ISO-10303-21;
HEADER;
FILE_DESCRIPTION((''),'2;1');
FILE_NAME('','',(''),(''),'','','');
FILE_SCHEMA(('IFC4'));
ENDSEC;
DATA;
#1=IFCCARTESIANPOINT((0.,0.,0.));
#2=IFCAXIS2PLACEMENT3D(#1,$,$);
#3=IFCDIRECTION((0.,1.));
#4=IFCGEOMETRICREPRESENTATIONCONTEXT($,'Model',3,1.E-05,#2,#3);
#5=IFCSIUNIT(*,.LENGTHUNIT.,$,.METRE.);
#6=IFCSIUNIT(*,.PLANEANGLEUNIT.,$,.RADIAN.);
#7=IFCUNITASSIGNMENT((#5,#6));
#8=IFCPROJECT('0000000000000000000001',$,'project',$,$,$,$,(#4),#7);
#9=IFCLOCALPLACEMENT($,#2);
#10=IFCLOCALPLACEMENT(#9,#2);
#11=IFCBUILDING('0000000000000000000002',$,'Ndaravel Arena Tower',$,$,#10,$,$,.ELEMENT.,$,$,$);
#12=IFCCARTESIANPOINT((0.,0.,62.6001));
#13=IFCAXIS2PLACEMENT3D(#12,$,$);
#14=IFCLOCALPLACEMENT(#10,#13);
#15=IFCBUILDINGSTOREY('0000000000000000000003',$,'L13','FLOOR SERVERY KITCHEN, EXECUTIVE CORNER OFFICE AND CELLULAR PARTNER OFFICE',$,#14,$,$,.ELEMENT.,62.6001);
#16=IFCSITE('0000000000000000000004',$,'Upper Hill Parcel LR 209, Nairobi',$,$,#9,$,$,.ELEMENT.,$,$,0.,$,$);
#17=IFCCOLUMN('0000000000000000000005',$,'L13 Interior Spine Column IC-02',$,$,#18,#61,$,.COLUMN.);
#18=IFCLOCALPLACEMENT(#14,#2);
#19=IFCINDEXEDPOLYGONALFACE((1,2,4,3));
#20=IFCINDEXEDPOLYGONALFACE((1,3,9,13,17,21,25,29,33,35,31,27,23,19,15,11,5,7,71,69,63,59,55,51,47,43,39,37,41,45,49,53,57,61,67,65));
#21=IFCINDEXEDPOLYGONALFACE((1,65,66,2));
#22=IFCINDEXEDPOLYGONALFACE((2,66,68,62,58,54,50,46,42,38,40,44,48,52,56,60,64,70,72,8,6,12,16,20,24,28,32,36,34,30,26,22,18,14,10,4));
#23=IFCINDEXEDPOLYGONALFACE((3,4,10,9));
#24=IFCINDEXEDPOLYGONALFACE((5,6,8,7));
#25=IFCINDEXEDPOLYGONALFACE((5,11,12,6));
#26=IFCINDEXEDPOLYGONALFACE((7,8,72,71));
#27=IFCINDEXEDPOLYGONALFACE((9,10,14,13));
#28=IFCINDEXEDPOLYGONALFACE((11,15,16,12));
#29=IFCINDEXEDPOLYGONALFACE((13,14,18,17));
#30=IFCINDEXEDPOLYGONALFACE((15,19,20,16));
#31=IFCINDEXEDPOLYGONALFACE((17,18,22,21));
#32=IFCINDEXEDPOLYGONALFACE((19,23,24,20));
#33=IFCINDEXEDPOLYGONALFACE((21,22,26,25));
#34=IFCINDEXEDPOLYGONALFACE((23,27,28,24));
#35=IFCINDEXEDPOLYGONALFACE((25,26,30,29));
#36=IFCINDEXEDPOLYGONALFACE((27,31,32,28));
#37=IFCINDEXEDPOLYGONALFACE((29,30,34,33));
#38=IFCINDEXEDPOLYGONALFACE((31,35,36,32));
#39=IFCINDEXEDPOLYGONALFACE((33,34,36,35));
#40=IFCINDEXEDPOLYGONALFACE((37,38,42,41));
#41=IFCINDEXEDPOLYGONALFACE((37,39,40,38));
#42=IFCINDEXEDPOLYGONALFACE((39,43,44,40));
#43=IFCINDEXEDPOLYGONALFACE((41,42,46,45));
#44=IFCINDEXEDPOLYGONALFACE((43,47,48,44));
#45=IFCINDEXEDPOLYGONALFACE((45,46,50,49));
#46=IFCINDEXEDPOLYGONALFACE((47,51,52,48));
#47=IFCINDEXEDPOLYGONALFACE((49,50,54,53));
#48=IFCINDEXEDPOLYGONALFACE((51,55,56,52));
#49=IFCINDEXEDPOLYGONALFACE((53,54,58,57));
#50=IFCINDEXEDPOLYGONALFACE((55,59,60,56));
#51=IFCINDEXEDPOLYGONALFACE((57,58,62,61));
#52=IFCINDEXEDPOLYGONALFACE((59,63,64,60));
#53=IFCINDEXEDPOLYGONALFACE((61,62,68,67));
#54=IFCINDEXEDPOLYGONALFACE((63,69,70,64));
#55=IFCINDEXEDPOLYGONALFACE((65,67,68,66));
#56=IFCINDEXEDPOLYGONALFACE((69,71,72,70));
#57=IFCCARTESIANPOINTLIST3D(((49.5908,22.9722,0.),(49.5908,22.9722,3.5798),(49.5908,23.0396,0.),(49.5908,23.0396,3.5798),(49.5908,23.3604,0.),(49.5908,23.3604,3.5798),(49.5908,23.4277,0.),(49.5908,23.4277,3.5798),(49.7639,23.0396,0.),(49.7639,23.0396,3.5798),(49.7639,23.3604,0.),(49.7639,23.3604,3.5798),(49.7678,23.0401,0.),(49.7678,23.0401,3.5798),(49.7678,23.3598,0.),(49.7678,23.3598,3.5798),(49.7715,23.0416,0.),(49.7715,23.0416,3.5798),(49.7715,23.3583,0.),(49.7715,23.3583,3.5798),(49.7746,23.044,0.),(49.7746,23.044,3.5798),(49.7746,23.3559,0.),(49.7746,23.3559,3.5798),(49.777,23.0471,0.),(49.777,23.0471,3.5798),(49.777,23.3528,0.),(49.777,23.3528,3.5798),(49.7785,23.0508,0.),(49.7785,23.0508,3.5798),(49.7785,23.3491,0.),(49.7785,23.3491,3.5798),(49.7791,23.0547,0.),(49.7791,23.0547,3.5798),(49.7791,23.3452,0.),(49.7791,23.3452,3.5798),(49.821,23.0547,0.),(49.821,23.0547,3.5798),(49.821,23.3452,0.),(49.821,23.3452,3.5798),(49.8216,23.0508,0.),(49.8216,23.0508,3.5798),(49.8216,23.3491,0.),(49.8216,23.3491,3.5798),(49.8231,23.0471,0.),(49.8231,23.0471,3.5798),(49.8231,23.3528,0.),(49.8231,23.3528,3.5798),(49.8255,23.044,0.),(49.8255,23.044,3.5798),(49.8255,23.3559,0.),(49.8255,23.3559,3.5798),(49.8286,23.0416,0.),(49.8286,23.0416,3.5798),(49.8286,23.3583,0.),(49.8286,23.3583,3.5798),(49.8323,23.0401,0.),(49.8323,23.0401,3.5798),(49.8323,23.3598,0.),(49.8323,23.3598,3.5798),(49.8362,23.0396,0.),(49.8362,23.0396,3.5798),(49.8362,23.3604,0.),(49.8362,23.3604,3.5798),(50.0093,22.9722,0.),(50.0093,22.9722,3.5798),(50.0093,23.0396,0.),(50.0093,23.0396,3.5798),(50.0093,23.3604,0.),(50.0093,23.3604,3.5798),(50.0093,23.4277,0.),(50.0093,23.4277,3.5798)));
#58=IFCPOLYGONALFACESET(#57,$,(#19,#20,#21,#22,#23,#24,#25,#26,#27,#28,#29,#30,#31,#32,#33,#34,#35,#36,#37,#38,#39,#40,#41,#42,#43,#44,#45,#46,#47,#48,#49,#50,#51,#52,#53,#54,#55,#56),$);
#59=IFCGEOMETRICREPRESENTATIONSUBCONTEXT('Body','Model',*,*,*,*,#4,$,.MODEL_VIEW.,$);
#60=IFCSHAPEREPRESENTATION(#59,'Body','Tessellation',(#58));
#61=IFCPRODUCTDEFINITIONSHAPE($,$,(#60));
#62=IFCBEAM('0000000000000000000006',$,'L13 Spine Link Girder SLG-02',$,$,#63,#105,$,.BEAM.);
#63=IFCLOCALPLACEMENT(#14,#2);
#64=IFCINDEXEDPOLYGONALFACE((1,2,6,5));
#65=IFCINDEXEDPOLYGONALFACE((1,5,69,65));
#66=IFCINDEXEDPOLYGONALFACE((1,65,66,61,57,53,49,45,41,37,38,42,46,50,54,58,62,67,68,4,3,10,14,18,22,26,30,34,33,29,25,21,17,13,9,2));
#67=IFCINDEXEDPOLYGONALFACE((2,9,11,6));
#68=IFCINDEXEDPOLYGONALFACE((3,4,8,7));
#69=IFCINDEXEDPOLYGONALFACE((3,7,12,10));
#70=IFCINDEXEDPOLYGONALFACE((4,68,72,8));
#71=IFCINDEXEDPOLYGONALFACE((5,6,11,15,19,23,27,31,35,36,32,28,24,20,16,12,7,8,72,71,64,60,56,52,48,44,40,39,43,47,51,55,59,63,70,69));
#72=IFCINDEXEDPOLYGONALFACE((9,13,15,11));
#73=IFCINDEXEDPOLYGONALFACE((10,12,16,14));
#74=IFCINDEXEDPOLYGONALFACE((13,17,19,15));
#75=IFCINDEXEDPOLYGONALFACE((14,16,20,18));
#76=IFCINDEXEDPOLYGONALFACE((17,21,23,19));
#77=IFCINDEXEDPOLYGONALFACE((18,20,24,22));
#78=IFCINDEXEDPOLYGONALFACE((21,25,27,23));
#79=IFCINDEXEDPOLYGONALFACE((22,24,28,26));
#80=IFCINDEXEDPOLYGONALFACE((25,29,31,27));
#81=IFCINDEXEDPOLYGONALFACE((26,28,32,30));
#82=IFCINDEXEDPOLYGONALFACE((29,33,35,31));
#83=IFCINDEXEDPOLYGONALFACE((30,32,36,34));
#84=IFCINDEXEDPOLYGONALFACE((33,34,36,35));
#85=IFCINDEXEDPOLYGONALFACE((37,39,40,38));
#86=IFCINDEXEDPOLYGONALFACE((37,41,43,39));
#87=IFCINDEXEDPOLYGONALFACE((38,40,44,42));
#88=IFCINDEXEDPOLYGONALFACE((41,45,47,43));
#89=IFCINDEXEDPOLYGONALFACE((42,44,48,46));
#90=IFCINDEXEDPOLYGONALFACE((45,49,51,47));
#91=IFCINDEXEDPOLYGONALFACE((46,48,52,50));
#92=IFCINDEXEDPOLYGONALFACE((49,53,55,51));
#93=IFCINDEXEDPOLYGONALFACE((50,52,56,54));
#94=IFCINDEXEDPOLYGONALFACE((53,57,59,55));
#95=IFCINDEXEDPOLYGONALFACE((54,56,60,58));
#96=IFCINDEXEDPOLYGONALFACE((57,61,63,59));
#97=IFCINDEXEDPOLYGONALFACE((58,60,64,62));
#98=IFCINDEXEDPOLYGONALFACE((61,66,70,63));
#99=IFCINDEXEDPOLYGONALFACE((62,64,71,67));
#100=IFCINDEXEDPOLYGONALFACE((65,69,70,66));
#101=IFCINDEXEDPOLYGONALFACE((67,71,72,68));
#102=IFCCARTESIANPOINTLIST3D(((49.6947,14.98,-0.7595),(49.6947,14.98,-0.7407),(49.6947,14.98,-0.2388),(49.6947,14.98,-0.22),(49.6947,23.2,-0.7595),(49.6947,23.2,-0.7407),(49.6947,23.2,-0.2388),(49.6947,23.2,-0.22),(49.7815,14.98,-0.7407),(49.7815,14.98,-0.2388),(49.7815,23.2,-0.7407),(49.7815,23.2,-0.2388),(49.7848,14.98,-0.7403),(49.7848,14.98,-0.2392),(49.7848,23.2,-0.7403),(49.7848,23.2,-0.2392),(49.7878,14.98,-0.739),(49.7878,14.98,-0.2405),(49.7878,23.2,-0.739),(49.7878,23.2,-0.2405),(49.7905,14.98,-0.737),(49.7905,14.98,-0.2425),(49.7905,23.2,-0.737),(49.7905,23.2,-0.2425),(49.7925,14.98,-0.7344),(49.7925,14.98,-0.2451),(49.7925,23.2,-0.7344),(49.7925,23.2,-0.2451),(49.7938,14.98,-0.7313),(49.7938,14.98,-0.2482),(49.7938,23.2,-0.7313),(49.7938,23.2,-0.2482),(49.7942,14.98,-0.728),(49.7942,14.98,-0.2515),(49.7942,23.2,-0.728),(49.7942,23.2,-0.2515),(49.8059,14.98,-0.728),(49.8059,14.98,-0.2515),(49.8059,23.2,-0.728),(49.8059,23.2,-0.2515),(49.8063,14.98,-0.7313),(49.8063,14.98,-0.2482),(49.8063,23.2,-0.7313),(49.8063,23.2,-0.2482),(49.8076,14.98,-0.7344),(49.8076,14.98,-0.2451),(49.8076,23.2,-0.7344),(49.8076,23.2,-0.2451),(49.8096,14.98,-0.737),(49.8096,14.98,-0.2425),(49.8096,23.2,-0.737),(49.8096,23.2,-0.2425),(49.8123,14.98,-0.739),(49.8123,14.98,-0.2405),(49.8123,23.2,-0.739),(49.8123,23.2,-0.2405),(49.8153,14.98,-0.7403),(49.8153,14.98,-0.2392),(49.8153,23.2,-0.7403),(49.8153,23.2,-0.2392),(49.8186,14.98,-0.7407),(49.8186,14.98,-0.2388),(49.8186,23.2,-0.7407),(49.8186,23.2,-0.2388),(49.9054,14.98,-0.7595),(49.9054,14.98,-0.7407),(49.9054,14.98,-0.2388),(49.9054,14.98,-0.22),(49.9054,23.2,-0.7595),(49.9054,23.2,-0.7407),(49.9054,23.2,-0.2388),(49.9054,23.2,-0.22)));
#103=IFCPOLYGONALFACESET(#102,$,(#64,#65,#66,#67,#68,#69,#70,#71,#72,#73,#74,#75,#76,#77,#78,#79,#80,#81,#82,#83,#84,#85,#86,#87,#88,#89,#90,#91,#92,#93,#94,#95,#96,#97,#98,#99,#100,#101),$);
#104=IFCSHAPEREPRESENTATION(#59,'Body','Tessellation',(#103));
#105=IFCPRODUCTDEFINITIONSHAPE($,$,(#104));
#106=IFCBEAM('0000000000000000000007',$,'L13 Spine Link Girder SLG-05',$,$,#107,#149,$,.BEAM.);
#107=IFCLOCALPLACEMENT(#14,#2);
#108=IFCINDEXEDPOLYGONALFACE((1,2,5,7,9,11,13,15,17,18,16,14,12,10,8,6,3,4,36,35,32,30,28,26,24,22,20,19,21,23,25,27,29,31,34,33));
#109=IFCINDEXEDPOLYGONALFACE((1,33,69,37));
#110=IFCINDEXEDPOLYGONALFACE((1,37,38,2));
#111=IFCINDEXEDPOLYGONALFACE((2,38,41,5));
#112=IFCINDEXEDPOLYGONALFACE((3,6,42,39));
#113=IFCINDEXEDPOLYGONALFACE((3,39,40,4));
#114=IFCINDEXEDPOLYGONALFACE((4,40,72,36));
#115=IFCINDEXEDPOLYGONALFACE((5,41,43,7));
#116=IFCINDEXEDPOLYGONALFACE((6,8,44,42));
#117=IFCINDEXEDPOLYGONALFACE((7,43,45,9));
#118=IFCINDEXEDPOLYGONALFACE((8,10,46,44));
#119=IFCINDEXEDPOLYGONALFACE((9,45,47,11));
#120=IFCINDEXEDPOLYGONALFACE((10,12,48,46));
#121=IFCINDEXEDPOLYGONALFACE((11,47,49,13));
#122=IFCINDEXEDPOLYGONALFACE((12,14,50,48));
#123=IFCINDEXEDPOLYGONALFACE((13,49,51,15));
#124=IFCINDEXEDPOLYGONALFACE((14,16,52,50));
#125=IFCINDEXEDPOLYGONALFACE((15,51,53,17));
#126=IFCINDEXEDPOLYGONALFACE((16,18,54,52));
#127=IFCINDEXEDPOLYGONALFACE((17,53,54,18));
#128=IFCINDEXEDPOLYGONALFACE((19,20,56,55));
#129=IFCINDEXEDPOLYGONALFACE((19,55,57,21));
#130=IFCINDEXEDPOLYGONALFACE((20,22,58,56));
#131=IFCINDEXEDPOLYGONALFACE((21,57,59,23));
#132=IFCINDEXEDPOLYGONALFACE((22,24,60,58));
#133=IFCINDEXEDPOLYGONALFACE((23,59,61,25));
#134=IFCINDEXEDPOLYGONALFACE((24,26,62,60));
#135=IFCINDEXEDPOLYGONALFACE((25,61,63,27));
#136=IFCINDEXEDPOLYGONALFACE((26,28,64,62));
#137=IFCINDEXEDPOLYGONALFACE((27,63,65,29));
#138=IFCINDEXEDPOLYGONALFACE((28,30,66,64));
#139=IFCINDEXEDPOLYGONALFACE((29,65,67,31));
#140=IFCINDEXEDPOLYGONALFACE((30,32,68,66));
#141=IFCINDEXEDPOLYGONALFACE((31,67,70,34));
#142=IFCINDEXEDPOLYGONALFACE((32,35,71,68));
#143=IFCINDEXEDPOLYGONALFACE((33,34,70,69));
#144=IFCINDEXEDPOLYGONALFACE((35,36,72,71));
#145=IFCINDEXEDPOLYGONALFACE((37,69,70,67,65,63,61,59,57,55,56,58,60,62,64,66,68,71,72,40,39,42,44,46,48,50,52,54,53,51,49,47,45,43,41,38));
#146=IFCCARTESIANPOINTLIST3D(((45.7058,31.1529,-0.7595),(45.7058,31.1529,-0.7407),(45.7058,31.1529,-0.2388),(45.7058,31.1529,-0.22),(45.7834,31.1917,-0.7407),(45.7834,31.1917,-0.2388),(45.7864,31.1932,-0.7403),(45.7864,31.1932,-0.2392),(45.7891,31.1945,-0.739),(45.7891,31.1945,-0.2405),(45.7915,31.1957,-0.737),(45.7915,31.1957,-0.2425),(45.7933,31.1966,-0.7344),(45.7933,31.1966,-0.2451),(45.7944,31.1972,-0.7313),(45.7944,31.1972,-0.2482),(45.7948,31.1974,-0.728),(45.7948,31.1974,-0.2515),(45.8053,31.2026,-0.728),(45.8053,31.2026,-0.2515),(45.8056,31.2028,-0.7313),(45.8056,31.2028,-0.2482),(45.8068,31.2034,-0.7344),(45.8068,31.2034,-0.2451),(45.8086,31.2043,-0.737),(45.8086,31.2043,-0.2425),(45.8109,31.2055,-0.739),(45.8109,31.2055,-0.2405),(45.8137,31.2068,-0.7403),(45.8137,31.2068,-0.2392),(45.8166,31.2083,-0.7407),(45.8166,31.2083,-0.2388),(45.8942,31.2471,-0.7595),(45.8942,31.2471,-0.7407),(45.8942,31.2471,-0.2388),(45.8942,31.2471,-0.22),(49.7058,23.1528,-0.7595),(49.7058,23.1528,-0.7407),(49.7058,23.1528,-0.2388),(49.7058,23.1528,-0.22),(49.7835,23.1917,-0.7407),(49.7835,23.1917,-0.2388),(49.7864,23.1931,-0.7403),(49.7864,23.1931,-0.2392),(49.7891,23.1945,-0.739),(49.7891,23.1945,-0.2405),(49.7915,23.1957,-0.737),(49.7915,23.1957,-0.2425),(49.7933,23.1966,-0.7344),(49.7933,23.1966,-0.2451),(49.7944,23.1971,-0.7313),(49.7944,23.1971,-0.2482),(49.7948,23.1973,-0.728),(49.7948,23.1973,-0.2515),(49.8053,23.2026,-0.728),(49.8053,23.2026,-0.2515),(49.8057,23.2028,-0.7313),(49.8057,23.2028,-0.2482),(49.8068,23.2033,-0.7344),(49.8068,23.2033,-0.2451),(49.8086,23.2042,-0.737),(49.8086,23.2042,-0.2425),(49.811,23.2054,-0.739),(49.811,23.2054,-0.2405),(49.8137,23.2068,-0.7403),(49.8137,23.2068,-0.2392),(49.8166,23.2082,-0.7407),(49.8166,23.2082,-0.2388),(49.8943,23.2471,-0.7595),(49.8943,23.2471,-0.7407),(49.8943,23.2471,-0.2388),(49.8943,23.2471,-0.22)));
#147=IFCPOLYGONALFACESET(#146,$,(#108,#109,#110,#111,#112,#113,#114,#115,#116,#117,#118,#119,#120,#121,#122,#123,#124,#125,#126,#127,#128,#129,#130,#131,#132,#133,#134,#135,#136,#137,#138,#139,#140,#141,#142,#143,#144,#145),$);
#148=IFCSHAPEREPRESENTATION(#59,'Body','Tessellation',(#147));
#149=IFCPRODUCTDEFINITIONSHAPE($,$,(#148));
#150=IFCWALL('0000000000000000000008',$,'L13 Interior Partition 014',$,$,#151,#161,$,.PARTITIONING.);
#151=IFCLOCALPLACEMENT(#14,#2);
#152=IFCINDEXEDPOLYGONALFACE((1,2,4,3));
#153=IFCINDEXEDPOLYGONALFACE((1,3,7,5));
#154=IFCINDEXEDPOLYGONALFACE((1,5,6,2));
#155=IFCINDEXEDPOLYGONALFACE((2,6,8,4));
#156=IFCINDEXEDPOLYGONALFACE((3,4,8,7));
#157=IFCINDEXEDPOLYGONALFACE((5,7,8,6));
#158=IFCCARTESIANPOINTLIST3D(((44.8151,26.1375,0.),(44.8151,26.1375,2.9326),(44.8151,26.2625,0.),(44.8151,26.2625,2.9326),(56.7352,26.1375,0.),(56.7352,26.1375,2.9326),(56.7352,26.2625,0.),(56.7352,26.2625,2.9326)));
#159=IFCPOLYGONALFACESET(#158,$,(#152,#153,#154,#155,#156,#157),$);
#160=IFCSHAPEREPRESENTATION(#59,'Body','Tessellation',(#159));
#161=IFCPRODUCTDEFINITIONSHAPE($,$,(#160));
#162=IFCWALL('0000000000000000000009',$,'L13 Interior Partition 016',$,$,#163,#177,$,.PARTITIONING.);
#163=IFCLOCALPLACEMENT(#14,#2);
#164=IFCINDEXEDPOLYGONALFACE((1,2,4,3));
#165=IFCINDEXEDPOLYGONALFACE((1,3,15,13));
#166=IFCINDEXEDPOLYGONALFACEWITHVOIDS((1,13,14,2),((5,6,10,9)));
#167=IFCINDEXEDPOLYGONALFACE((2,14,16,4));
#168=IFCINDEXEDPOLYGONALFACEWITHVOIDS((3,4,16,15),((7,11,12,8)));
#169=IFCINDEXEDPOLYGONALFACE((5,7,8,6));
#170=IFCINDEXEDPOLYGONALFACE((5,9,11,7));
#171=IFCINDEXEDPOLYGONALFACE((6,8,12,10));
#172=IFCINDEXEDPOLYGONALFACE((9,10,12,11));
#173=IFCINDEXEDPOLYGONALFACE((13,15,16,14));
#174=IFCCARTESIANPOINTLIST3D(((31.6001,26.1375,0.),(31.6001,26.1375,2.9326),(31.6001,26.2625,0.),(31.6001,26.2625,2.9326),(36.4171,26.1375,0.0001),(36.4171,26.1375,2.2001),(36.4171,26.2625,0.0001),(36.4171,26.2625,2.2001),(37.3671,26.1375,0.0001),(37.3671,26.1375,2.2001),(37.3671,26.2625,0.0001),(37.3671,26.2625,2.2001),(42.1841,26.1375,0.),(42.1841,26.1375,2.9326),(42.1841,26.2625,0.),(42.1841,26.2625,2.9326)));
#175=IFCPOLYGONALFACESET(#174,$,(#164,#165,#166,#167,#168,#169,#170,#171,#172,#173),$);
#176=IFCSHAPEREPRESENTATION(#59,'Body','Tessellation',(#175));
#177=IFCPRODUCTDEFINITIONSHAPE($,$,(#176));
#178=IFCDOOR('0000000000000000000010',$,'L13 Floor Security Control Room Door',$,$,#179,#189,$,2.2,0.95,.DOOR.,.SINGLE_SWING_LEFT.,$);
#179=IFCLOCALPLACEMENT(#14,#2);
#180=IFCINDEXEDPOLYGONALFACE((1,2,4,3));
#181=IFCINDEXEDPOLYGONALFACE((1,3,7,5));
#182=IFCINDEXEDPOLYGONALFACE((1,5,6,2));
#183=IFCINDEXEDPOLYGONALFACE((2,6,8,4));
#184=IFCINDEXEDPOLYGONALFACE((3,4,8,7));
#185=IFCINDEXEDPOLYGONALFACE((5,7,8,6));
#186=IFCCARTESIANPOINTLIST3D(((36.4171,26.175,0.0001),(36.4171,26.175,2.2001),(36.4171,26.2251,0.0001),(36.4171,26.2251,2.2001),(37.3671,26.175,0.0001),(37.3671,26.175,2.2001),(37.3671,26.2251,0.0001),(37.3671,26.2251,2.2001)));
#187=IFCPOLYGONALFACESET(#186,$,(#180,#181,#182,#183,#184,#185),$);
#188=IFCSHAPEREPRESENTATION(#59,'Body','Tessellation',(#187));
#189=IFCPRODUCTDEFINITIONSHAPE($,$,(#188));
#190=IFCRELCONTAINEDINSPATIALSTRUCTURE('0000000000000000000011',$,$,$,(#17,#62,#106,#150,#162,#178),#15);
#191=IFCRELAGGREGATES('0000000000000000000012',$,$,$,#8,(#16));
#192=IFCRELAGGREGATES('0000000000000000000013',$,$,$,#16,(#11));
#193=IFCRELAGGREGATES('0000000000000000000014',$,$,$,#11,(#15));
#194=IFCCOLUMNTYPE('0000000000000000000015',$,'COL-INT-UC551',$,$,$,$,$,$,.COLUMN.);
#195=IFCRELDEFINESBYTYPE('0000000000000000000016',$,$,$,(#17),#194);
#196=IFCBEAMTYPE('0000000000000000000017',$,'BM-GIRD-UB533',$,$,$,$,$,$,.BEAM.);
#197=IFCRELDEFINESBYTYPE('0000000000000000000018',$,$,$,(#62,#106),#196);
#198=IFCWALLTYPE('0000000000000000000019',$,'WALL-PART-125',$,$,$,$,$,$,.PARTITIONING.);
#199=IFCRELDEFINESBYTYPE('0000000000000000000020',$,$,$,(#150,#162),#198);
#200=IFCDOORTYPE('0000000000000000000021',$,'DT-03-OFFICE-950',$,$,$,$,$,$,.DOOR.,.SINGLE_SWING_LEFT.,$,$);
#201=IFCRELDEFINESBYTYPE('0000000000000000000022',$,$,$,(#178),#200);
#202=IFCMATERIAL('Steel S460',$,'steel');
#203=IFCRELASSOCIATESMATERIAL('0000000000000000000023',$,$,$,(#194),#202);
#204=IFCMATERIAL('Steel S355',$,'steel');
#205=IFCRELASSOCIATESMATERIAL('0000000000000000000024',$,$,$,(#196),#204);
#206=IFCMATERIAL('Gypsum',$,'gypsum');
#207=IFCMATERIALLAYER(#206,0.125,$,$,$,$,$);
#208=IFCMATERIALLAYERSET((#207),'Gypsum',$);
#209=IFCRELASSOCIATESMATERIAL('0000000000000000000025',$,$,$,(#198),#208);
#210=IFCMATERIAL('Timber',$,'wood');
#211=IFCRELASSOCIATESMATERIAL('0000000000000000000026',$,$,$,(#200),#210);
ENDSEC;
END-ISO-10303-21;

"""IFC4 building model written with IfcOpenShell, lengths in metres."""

from ifc_helpers import new_model, si_unit, direction, frame, frame_2d, origin, origin_2d, place, context, subcontext, project, spatial, rectangle, i_section, extrude, material, layer, layer_set, material_profile, profile_set, type_object, element, fill, save


model = new_model("IFC4")

# Units and contexts
model_context = context("Model", 3, precision=1e-05, world=origin(), true_north=direction((0.0, 1.0)))
body_context = subcontext(model_context, "Body", "Model", "MODEL_VIEW")
ifc_project = project(units=[si_unit("LENGTHUNIT", "METRE"), si_unit("PLANEANGLEUNIT", "RADIAN")], contexts=[model_context])

# Site, building, storey
site_placement = place(None, origin())
site = spatial("IfcSite", under=ifc_project, at=site_placement, Name="Upper Hill Parcel LR 209, Nairobi", CompositionType="ELEMENT", RefElevation=0.0)
building_placement = place(site_placement, origin())
building = spatial("IfcBuilding", under=site, at=building_placement, Name="Ndaravel Arena Tower", CompositionType="ELEMENT")
storey_placement = place(building_placement, frame((0.0, 0.0, 62.6001)))
storey = spatial("IfcBuildingStorey", under=building, at=storey_placement, Name="L13", Description="FLOOR SERVERY KITCHEN, EXECUTIVE CORNER OFFICE AND CELLULAR PARTNER OFFICE", CompositionType="ELEMENT", Elevation=62.6001)

# Column
ifc_material_1 = material(Name="Steel S460", Category="steel")
ifc_material_profile_1 = material_profile(ifc_material_1, i_section(OverallWidth=0.4185, OverallDepth=0.4556, WebThickness=0.042, FlangeThickness=0.0674, FilletRadius=0.0151, at=origin_2d()), Name="UC 356x406x551")
ifc_profile_set_1 = profile_set([ifc_material_profile_1], Name="Steel S460")
column_type = type_object("IfcColumnType", Name="COL-INT-UC551", PredefinedType="COLUMN", material=ifc_profile_set_1)
column_placement = place(storey_placement, frame((49.8, 23.2, 0.0), z_axis=(0.0, 0.0, 1.0), x_axis=(1.0, 0.0, 0.0)))
element("IfcColumn", 1, at=column_placement, inside=storey, type_object=column_type, Name="L13 Interior Spine Column IC-02", PredefinedType="COLUMN", context=body_context, shape_type="SweptSolid", body=[
    extrude(i_section(OverallWidth=0.4185, OverallDepth=0.4556, WebThickness=0.042, FlangeThickness=0.0674, FilletRadius=0.0151, at=origin_2d()), origin(), (0.0, 0.0, 1.0), 3.5798),
])

# Beams
ifc_material_2 = material(Name="Steel S355", Category="steel")
ifc_material_profile_2 = material_profile(ifc_material_2, i_section(OverallWidth=0.2107, OverallDepth=0.5396, WebThickness=0.0117, FlangeThickness=0.0188, FilletRadius=0.0127, at=origin_2d()), Name="UB 533x210x109")
ifc_profile_set_2 = profile_set([ifc_material_profile_2], Name="Steel S355")
beam_type = type_object("IfcBeamType", Name="BM-GIRD-UB533", PredefinedType="BEAM", material=ifc_profile_set_2)
beam_1_placement = place(storey_placement, frame((49.8, 14.98, -0.4897), z_axis=(0.0, 1.0, 0.0), x_axis=(-1.0, 0.0, 0.0)))
element("IfcBeam", 2, at=beam_1_placement, inside=storey, type_object=beam_type, Name="L13 Spine Link Girder SLG-02", PredefinedType="BEAM", context=body_context, shape_type="SweptSolid", body=[
    extrude(i_section(OverallWidth=0.2107, OverallDepth=0.5396, WebThickness=0.0117, FlangeThickness=0.0188, FilletRadius=0.0127, at=origin_2d()), origin(), (0.0, 0.0, 1.0), 8.22),
])
beam_2_placement = place(storey_placement, frame((49.8, 23.2, -0.4897), z_axis=(-0.447214, 0.894427, 0.0), x_axis=(-0.894427, -0.447214, 0.0)))
element("IfcBeam", 3, at=beam_2_placement, inside=storey, type_object=beam_type, Name="L13 Spine Link Girder SLG-05", PredefinedType="BEAM", context=body_context, shape_type="SweptSolid", body=[
    extrude(i_section(OverallWidth=0.2107, OverallDepth=0.5396, WebThickness=0.0117, FlangeThickness=0.0188, FilletRadius=0.0127, at=origin_2d()), origin(), (0.0, 0.0, 1.0), 8.9443),
])

# Wall
ifc_material_3 = material(Name="Gypsum", Category="gypsum")
ifc_layer_1 = layer(ifc_material_3, 0.125)
ifc_layer_set_1 = layer_set([ifc_layer_1], Name="Gypsum")
wall_type_1 = type_object("IfcWallType", Name="WALL-PART-125", PredefinedType="PARTITIONING", material=ifc_layer_set_1)
wall_1_placement = place(storey_placement, frame((56.7351, 26.2, 0.0), z_axis=(0.0, 0.0, 1.0), x_axis=(-1.0, 0.0, 0.0)))
element("IfcWall", 4, at=wall_1_placement, inside=storey, type_object=wall_type_1, Name="L13 Interior Partition 014", PredefinedType="PARTITIONING", context=body_context, shape_type="SweptSolid", body=[
    extrude(rectangle(XDim=11.9202, YDim=0.125, at=frame_2d((5.96, 0.0))), origin(), (0.0, 0.0, 1.0), 2.9326),
])

# Wall, opening, door
wall_2_placement = place(storey_placement, frame((42.1841, 26.2, 0.0), z_axis=(0.0, 0.0, 1.0), x_axis=(-1.0, 0.0, 0.0)))
wall_2 = element("IfcWall", 5, at=wall_2_placement, inside=storey, type_object=wall_type_1, Name="L13 Interior Partition 016", PredefinedType="PARTITIONING", context=body_context, shape_type="SweptSolid", body=[
    extrude(rectangle(XDim=10.584, YDim=0.125, at=frame_2d((5.292, 0.0))), origin(), (0.0, 0.0, 1.0), 2.9326),
])
opening_1_placement = place(wall_2_placement, frame((4.8169, 0.0, 0.0)))
opening_1 = element("IfcOpeningElement", 6, at=opening_1_placement, cuts=wall_2, PredefinedType="OPENING", context=body_context, shape_type="SweptSolid", body=[
    extrude(rectangle(XDim=0.95, YDim=2.2, at=frame_2d((0.4751, 1.1001))), frame((0.0, 0.0625, 0.0), z_axis=(0.0, -1.0, 0.0), x_axis=(1.0, 0.0, 0.0)), (0.0, 0.0, 1.0), 0.125),
])
ifc_material_4 = material(Name="Timber", Category="wood")
door_type_1 = type_object("IfcDoorType", Name="DT-03-OFFICE-950", OperationType="SINGLE_SWING_LEFT", PredefinedType="DOOR", material=ifc_material_4)
door_1_placement = place(opening_1_placement, origin())
door_1 = element("IfcDoor", 7, at=door_1_placement, inside=storey, type_object=door_type_1, Name="L13 Floor Security Control Room Door", OperationType="SINGLE_SWING_LEFT", OverallHeight=2.2, OverallWidth=0.95, PredefinedType="DOOR", context=body_context, shape_type="SweptSolid", body=[
    extrude(rectangle(XDim=0.95, YDim=2.2, at=frame_2d((0.4751, 1.1001))), frame((0.0, 0.0249, 0.0), z_axis=(0.0, -1.0, 0.0), x_axis=(1.0, 0.0, 0.0)), (0.0, 0.0, 1.0), 0.05),
])
fill(opening_1, door_1)

save(model, "model.ifc")
